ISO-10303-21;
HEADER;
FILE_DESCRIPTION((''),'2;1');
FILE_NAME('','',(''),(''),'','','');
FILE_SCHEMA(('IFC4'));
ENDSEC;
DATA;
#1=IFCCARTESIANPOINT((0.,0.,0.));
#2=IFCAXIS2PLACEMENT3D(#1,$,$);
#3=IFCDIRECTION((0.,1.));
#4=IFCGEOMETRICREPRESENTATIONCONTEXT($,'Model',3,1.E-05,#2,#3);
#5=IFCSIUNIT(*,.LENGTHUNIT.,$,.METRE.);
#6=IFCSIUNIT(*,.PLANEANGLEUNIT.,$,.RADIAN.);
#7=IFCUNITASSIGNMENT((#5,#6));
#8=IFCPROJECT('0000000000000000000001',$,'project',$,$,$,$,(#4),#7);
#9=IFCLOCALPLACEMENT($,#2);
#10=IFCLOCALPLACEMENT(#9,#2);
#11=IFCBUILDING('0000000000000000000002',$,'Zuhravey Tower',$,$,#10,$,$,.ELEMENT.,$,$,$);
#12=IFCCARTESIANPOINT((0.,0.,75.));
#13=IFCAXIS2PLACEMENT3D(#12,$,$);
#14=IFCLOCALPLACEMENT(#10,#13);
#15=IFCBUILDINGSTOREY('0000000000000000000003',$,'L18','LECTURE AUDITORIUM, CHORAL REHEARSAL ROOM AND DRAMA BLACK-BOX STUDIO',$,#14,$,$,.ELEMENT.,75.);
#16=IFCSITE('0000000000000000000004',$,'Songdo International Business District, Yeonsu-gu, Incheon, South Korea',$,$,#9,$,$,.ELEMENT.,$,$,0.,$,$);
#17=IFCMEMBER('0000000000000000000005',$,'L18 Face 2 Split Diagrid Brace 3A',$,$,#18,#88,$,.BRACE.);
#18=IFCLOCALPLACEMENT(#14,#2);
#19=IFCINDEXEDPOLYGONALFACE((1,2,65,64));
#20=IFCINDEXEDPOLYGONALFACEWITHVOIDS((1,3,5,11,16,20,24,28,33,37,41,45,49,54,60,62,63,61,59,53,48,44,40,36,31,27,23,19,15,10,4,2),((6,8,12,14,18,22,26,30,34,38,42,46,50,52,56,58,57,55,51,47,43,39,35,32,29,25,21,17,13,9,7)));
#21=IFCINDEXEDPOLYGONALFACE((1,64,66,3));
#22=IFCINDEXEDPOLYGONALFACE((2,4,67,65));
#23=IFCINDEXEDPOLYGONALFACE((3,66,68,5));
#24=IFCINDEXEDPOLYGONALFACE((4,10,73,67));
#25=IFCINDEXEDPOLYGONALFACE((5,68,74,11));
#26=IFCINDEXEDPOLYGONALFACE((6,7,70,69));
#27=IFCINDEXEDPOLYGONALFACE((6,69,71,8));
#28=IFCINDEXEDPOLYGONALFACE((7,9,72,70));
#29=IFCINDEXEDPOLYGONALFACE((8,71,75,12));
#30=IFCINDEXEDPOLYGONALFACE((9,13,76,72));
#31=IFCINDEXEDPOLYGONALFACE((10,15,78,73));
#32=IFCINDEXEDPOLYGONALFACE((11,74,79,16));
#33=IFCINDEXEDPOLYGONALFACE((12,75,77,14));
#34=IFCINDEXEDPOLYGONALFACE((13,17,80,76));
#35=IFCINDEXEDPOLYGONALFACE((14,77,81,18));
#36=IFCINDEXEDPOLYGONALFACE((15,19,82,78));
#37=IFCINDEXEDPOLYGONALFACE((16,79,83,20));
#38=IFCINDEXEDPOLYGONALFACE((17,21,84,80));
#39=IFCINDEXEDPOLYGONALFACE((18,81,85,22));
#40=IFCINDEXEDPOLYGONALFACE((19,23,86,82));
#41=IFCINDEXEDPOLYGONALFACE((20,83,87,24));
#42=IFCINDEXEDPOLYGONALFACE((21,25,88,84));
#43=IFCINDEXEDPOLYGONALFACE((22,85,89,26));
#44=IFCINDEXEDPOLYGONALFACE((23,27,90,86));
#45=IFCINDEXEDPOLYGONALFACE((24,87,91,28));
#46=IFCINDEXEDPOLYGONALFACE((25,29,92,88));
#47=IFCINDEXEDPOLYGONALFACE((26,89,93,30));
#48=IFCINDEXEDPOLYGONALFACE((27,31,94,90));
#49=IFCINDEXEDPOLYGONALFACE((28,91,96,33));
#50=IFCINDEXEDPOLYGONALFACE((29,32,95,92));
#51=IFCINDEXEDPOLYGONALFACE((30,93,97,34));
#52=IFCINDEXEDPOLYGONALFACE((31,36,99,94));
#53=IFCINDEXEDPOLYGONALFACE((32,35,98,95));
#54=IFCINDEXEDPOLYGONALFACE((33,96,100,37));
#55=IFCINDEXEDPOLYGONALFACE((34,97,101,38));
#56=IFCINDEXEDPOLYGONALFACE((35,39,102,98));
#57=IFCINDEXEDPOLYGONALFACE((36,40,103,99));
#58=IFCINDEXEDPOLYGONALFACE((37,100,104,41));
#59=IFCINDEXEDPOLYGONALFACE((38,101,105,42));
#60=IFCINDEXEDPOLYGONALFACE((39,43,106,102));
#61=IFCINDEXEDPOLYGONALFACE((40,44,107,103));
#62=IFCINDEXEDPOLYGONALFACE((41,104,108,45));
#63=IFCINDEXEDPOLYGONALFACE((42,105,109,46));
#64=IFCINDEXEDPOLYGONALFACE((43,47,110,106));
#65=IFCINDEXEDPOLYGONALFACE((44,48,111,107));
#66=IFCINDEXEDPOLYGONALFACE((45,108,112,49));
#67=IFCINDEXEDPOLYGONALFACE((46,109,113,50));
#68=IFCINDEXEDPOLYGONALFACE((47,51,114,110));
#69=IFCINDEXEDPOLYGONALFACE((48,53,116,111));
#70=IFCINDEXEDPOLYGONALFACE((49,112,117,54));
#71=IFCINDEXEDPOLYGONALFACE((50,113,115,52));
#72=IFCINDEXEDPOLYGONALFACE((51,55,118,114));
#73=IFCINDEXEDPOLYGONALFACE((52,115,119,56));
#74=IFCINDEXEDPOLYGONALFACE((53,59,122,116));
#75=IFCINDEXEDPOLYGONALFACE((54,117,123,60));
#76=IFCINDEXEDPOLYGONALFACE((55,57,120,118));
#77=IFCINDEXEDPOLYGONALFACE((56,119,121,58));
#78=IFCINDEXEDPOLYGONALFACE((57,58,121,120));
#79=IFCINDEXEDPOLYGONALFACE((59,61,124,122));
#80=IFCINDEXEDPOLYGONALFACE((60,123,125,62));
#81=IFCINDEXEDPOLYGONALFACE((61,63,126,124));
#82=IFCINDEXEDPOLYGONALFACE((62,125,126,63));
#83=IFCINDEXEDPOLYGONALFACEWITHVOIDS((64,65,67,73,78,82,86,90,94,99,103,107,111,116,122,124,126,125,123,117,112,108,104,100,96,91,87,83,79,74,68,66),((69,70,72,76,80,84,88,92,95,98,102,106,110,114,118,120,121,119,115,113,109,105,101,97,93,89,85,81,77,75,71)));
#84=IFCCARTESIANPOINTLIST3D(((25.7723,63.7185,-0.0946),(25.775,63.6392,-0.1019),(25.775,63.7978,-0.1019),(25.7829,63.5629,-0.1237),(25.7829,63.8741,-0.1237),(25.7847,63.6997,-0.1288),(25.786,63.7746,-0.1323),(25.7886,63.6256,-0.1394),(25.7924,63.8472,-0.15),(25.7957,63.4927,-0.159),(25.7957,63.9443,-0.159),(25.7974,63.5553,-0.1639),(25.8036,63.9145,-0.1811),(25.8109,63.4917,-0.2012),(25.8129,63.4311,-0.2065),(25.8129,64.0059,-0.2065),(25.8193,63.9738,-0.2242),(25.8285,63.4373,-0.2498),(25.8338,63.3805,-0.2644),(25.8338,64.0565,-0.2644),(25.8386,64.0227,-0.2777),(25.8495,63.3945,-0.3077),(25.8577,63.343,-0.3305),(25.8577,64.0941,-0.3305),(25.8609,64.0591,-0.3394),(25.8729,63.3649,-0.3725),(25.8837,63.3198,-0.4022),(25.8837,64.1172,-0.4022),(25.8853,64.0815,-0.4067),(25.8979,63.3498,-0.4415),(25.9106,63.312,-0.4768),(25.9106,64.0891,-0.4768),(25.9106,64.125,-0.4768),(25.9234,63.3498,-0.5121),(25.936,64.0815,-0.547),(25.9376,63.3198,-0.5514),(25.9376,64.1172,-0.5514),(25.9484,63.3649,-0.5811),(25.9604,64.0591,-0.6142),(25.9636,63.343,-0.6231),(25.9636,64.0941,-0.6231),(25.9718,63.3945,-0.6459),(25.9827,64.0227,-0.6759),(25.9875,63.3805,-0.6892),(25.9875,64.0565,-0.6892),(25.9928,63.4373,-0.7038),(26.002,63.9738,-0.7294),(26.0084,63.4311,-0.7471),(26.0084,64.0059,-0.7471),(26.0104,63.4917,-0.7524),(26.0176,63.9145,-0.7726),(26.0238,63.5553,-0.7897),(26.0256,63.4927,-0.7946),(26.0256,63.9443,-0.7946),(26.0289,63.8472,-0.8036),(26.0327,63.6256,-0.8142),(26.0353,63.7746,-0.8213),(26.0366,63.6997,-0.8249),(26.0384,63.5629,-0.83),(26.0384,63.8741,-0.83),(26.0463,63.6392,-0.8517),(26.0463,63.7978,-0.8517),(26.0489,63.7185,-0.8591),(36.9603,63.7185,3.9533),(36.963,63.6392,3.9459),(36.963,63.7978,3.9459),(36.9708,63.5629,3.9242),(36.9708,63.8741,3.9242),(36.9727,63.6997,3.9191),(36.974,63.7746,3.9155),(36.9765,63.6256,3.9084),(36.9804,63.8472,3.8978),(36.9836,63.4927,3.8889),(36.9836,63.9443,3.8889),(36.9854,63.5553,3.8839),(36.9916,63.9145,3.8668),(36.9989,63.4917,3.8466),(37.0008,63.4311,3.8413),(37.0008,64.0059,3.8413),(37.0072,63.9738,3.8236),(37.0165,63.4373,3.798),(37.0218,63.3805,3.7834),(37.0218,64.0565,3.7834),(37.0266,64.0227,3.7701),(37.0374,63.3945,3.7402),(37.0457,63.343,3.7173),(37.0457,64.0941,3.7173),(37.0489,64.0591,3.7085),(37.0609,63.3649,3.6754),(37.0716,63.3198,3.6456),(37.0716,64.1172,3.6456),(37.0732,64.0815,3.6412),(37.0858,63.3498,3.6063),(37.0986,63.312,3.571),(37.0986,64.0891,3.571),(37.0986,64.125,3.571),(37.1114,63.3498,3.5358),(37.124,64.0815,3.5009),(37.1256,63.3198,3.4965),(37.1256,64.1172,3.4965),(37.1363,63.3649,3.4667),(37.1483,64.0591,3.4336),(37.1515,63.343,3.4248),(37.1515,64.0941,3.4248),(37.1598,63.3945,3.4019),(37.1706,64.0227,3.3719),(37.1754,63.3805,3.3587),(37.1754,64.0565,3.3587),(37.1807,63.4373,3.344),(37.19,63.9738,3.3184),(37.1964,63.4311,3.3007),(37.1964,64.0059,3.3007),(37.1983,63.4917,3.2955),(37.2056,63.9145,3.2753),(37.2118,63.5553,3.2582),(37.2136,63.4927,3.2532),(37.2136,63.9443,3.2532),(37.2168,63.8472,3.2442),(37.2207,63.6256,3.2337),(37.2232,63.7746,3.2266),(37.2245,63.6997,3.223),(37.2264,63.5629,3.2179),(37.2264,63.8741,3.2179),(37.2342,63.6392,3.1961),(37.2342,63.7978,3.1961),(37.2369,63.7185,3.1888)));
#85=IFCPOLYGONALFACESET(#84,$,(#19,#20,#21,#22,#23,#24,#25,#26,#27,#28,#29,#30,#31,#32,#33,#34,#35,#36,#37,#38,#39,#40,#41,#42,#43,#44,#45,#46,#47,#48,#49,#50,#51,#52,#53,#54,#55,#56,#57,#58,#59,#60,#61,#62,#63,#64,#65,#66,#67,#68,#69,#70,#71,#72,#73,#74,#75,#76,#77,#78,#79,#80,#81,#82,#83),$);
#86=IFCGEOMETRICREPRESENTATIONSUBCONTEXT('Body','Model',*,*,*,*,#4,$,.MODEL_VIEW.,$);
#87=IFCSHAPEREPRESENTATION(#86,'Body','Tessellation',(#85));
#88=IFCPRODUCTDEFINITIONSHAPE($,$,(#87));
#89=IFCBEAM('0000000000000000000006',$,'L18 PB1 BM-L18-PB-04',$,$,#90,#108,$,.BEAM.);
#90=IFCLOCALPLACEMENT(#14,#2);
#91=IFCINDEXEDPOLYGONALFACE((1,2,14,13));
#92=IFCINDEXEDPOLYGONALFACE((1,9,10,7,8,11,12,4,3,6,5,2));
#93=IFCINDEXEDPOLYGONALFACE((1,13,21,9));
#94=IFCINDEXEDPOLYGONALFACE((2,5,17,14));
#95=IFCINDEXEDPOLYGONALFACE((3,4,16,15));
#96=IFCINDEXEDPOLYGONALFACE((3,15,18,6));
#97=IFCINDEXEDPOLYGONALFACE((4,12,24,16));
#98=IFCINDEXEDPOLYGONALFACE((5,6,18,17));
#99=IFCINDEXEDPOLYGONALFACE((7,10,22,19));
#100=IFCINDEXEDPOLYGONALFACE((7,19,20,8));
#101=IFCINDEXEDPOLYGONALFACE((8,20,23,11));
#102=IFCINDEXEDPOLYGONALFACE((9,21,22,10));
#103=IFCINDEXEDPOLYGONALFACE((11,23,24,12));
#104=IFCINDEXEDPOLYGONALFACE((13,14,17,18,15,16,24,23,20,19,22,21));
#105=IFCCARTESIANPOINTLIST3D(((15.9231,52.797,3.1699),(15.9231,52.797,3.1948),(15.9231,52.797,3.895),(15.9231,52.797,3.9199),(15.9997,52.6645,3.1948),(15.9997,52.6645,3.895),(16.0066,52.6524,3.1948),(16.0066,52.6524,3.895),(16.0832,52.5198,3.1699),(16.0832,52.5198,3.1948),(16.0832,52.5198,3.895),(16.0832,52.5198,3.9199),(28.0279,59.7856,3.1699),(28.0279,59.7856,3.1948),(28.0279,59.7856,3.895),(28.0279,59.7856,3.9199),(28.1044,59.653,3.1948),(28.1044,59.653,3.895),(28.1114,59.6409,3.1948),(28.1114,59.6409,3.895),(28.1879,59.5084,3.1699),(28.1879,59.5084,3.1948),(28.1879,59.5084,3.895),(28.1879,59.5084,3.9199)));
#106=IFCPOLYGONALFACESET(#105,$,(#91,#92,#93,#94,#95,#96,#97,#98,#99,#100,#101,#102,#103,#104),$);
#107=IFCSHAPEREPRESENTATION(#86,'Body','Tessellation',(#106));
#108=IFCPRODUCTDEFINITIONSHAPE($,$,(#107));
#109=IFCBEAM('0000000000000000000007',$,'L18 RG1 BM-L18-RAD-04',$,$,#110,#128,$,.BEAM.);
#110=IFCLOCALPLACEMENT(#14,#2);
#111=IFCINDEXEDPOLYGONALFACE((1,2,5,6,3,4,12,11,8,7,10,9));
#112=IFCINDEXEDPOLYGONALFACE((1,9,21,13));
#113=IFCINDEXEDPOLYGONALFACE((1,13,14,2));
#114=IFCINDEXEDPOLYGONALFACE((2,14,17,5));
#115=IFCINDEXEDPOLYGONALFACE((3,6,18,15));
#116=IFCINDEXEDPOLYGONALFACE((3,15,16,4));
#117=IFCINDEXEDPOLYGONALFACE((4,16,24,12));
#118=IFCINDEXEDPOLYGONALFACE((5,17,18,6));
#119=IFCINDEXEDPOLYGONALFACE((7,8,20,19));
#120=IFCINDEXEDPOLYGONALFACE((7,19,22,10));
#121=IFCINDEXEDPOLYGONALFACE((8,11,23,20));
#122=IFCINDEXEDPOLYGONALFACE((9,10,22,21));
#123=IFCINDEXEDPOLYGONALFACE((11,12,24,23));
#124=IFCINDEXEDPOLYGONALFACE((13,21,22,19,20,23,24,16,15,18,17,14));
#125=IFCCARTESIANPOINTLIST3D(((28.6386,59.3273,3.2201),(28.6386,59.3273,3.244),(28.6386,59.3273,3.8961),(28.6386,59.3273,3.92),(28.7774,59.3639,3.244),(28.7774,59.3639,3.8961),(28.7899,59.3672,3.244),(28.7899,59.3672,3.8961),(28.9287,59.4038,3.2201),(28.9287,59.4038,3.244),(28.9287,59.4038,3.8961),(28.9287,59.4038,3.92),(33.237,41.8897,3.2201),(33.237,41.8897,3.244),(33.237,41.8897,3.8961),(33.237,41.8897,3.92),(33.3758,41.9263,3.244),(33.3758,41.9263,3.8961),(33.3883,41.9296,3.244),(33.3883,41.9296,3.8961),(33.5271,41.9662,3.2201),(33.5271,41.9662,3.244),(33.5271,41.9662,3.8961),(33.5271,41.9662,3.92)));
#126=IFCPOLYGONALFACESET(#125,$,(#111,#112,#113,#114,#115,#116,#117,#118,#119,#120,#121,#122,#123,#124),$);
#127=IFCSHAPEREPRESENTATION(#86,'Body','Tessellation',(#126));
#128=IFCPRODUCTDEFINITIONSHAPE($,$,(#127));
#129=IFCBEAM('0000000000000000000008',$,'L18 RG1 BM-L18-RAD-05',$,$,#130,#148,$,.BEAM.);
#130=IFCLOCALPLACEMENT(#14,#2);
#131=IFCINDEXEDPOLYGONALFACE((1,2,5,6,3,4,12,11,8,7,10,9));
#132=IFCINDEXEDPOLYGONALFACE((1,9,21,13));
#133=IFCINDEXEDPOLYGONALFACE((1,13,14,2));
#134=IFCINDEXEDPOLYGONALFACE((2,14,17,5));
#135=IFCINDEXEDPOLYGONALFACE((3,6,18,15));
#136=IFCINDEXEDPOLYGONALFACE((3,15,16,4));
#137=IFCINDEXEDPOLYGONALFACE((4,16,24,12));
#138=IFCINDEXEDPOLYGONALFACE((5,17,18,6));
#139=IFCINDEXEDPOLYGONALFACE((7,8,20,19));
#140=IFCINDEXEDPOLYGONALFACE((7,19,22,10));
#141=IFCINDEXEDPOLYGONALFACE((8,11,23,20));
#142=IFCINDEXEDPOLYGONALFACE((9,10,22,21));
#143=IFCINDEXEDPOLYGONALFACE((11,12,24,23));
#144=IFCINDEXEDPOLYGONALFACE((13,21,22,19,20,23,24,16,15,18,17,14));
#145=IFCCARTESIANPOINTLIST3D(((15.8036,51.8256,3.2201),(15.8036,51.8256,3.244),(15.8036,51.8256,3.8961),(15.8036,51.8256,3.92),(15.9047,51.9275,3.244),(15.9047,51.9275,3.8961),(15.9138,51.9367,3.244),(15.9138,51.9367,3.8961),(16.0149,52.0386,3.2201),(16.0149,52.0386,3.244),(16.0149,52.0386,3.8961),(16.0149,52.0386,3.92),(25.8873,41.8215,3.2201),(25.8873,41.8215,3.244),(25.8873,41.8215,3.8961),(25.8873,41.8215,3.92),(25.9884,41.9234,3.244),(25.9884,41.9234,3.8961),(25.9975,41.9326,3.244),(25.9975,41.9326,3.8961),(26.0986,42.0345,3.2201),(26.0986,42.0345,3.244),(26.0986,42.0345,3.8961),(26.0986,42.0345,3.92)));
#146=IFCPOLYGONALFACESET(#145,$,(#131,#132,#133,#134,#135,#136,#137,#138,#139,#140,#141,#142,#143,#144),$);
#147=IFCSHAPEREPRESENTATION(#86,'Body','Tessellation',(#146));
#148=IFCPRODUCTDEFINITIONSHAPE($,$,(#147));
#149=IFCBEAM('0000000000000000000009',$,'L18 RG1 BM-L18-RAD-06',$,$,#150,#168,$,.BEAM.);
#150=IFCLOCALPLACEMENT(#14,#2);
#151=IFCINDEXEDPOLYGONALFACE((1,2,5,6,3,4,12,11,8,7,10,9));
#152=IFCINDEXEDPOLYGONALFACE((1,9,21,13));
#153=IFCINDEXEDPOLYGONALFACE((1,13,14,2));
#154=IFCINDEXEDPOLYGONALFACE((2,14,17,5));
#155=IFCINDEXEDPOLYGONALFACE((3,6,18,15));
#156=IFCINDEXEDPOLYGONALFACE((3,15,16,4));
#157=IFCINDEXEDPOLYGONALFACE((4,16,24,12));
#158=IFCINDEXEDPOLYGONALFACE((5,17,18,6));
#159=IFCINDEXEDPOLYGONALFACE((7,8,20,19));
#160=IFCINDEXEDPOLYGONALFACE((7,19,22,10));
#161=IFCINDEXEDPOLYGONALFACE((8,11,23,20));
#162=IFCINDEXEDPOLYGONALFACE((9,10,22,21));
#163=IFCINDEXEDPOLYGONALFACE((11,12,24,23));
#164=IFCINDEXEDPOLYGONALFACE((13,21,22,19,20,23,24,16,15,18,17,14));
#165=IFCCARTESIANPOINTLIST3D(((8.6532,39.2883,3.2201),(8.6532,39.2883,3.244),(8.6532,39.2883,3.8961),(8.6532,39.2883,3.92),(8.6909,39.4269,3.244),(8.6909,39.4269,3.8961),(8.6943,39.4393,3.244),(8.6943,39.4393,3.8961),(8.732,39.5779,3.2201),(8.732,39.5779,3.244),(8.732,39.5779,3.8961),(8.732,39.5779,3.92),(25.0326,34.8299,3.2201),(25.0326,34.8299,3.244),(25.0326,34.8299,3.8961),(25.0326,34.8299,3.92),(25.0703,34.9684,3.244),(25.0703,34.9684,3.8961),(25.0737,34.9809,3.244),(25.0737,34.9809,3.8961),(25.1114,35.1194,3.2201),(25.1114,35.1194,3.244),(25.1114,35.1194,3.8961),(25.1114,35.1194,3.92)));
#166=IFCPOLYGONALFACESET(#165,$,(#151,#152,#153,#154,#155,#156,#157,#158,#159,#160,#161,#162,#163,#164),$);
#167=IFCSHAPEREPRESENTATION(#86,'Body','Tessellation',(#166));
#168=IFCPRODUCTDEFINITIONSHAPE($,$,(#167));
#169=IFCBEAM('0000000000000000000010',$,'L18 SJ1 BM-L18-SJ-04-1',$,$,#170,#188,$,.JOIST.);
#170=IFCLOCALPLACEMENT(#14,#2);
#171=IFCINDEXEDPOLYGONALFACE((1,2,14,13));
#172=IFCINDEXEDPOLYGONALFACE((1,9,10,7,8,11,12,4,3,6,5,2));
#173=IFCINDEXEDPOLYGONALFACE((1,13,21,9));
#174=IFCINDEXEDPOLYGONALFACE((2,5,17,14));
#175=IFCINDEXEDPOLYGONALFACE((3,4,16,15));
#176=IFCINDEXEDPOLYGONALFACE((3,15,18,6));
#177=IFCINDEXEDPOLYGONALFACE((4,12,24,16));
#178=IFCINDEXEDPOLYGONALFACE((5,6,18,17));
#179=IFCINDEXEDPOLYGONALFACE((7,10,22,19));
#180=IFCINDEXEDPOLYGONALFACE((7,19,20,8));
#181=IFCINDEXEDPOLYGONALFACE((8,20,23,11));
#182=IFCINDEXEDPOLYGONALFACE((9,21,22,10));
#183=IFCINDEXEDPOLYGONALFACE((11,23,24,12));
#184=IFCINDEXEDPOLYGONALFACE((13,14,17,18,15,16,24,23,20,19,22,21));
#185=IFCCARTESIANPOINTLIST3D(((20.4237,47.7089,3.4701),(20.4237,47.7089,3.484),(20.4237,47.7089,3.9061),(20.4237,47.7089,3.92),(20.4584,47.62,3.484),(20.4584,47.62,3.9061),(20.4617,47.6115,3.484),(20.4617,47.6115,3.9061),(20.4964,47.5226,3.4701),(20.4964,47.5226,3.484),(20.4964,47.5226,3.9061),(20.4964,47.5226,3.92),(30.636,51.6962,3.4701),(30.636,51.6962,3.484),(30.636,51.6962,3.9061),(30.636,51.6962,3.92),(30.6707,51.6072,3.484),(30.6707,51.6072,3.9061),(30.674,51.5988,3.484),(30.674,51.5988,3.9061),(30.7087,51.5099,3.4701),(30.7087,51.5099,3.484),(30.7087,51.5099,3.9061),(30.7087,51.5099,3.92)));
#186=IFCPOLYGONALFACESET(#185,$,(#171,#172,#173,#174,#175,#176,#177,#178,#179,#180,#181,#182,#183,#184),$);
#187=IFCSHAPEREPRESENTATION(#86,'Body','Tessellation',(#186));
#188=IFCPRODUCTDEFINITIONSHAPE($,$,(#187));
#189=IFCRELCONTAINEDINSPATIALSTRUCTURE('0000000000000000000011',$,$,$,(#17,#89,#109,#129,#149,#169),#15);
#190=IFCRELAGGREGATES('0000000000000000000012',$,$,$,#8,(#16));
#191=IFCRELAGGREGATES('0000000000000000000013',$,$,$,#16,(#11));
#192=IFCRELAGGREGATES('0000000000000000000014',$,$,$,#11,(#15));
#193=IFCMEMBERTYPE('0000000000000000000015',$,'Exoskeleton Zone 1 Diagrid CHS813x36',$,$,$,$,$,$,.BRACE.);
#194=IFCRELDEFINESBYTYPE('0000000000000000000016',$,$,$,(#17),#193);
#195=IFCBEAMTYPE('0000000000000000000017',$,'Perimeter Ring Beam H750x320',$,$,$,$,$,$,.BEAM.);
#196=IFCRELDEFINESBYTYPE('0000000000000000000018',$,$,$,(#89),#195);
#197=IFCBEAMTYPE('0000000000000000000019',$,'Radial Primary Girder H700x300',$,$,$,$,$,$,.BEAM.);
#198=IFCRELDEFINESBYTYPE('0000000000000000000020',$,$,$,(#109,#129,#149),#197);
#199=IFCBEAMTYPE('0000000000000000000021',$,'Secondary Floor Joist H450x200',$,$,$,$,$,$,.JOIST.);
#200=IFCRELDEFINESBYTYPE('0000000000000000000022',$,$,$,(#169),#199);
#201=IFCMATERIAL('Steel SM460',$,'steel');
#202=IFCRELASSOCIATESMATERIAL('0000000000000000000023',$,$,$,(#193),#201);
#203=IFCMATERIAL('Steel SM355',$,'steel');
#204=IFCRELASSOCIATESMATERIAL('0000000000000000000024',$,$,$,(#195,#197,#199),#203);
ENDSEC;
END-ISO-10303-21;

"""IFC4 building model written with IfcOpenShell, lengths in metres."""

from ifc_helpers import new_model, si_unit, direction, frame, origin, origin_2d, place, context, subcontext, project, spatial, hollow_circle, i_section, extrude, material, material_profile, profile_set, type_object, element, save


model = new_model("IFC4")

# Units and contexts
model_context = context("Model", 3, precision=1e-05, world=origin(), true_north=direction((0.0, 1.0)))
body_context = subcontext(model_context, "Body", "Model", "MODEL_VIEW")
ifc_project = project(units=[si_unit("LENGTHUNIT", "METRE"), si_unit("PLANEANGLEUNIT", "RADIAN")], contexts=[model_context])

# Site, building, storey
site_placement = place(None, origin())
site = spatial("IfcSite", under=ifc_project, at=site_placement, Name="Songdo International Business District, Yeonsu-gu, Incheon, South Korea", CompositionType="ELEMENT", RefElevation=0.0)
building_placement = place(site_placement, origin())
building = spatial("IfcBuilding", under=site, at=building_placement, Name="Zuhravey Tower", CompositionType="ELEMENT")
storey_placement = place(building_placement, frame((0.0, 0.0, 75.0)))
storey = spatial("IfcBuildingStorey", under=building, at=storey_placement, Name="L18", Description="LECTURE AUDITORIUM, CHORAL REHEARSAL ROOM AND DRAMA BLACK-BOX STUDIO", CompositionType="ELEMENT", Elevation=75.0)

# Member
ifc_material_1 = material(Name="Steel SM460", Category="steel")
ifc_material_profile_1 = material_profile(ifc_material_1, hollow_circle(Radius=0.4065, WallThickness=0.0359, at=origin_2d()), Name="CHS-812.8x36")
ifc_profile_set_1 = profile_set([ifc_material_profile_1], Name="Steel SM460")
member_type_1 = type_object("IfcMemberType", Name="Exoskeleton Zone 1 Diagrid CHS813x36", PredefinedType="BRACE", material=ifc_profile_set_1)
member_1_placement = place(storey_placement, frame((25.9106, 63.7185, -0.4768), z_axis=(0.940346, 0.0, 0.34022), x_axis=(0.0, 1.0, 0.0)))
element("IfcMember", 1, at=member_1_placement, inside=storey, type_object=member_type_1, Name="L18 Face 2 Split Diagrid Brace 3A", PredefinedType="BRACE", context=body_context, shape_type="SweptSolid", body=[
    extrude(hollow_circle(Radius=0.4065, WallThickness=0.0359, at=origin_2d()), origin(), (0.0, 0.0, 1.0), 11.8977),
])

# Beams
ifc_material_2 = material(Name="Steel SM355", Category="steel")
ifc_material_profile_2 = material_profile(ifc_material_2, i_section(OverallWidth=0.3201, OverallDepth=0.75, WebThickness=0.0139, FlangeThickness=0.0249, at=origin_2d()), Name="H-750x320x14x25")
ifc_profile_set_2 = profile_set([ifc_material_profile_2], Name="Steel SM355")
beam_type_1 = type_object("IfcBeamType", Name="Perimeter Ring Beam H750x320", PredefinedType="BEAM", material=ifc_profile_set_2)
beam_1_placement = place(storey_placement, frame((28.1079, 59.647, 3.5449), z_axis=(-0.86603, -0.499992, 0.0), x_axis=(0.499992, -0.86603, 0.0)))
element("IfcBeam", 2, at=beam_1_placement, inside=storey, type_object=beam_type_1, Name="L18 PB1 BM-L18-PB-04", PredefinedType="BEAM", context=body_context, shape_type="SweptSolid", body=[
    extrude(i_section(OverallWidth=0.3201, OverallDepth=0.75, WebThickness=0.0139, FlangeThickness=0.0249, at=origin_2d()), origin(), (0.0, 0.0, 1.0), 13.9773),
])
ifc_material_profile_3 = material_profile(ifc_material_2, i_section(OverallWidth=0.3, OverallDepth=0.7, WebThickness=0.0129, FlangeThickness=0.0239, at=origin_2d()), Name="H-700x300x13x24")
ifc_profile_set_3 = profile_set([ifc_material_profile_3], Name="Steel SM355")
beam_type_2 = type_object("IfcBeamType", Name="Radial Primary Girder H700x300", PredefinedType="BEAM", material=ifc_profile_set_3)
beam_2_placement = place(storey_placement, frame((33.3821, 41.928, 3.5701), z_axis=(-0.25499, 0.966944, 0.0), x_axis=(-0.966944, -0.25499, 0.0)))
element("IfcBeam", 3, at=beam_2_placement, inside=storey, type_object=beam_type_2, Name="L18 RG1 BM-L18-RAD-04", PredefinedType="BEAM", context=body_context, shape_type="SweptSolid", body=[
    extrude(i_section(OverallWidth=0.3, OverallDepth=0.7, WebThickness=0.0129, FlangeThickness=0.0239, at=origin_2d()), origin(), (0.0, 0.0, 1.0), 18.0337),
])
beam_3_placement = place(storey_placement, frame((25.9929, 41.928, 3.5701), z_axis=(-0.709903, 0.7043, 0.0), x_axis=(-0.7043, -0.709903, 0.0)))
element("IfcBeam", 4, at=beam_3_placement, inside=storey, type_object=beam_type_2, Name="L18 RG1 BM-L18-RAD-05", PredefinedType="BEAM", context=body_context, shape_type="SweptSolid", body=[
    extrude(i_section(OverallWidth=0.3, OverallDepth=0.7, WebThickness=0.0129, FlangeThickness=0.0239, at=origin_2d()), origin(), (0.0, 0.0, 1.0), 14.2043),
])
beam_4_placement = place(storey_placement, frame((25.072, 34.9746, 3.5701), z_axis=(-0.964892, 0.262645, 0.0), x_axis=(-0.262645, -0.964892, 0.0)))
element("IfcBeam", 5, at=beam_4_placement, inside=storey, type_object=beam_type_2, Name="L18 RG1 BM-L18-RAD-06", PredefinedType="BEAM", context=body_context, shape_type="SweptSolid", body=[
    extrude(i_section(OverallWidth=0.3, OverallDepth=0.7, WebThickness=0.0129, FlangeThickness=0.0239, at=origin_2d()), origin(), (0.0, 0.0, 1.0), 16.9753),
])
ifc_material_profile_4 = material_profile(ifc_material_2, i_section(OverallWidth=0.2, OverallDepth=0.45, WebThickness=0.009, FlangeThickness=0.0139, at=origin_2d()), Name="H-450x200x9x14")
ifc_profile_set_4 = profile_set([ifc_material_profile_4], Name="Steel SM355")
beam_type_3 = type_object("IfcBeamType", Name="Secondary Floor Joist H450x200", PredefinedType="JOIST", material=ifc_profile_set_4)
beam_5_placement = place(storey_placement, frame((30.6724, 51.603, 3.6951), z_axis=(-0.931517, -0.363699, 0.0), x_axis=(0.363699, -0.931517, 0.0)))
element("IfcBeam", 6, at=beam_5_placement, inside=storey, type_object=beam_type_3, Name="L18 SJ1 BM-L18-SJ-04-1", PredefinedType="JOIST", context=body_context, shape_type="SweptSolid", body=[
    extrude(i_section(OverallWidth=0.2, OverallDepth=0.45, WebThickness=0.009, FlangeThickness=0.0139, at=origin_2d()), origin(), (0.0, 0.0, 1.0), 10.9631),
])

save(model, "model.ifc")
